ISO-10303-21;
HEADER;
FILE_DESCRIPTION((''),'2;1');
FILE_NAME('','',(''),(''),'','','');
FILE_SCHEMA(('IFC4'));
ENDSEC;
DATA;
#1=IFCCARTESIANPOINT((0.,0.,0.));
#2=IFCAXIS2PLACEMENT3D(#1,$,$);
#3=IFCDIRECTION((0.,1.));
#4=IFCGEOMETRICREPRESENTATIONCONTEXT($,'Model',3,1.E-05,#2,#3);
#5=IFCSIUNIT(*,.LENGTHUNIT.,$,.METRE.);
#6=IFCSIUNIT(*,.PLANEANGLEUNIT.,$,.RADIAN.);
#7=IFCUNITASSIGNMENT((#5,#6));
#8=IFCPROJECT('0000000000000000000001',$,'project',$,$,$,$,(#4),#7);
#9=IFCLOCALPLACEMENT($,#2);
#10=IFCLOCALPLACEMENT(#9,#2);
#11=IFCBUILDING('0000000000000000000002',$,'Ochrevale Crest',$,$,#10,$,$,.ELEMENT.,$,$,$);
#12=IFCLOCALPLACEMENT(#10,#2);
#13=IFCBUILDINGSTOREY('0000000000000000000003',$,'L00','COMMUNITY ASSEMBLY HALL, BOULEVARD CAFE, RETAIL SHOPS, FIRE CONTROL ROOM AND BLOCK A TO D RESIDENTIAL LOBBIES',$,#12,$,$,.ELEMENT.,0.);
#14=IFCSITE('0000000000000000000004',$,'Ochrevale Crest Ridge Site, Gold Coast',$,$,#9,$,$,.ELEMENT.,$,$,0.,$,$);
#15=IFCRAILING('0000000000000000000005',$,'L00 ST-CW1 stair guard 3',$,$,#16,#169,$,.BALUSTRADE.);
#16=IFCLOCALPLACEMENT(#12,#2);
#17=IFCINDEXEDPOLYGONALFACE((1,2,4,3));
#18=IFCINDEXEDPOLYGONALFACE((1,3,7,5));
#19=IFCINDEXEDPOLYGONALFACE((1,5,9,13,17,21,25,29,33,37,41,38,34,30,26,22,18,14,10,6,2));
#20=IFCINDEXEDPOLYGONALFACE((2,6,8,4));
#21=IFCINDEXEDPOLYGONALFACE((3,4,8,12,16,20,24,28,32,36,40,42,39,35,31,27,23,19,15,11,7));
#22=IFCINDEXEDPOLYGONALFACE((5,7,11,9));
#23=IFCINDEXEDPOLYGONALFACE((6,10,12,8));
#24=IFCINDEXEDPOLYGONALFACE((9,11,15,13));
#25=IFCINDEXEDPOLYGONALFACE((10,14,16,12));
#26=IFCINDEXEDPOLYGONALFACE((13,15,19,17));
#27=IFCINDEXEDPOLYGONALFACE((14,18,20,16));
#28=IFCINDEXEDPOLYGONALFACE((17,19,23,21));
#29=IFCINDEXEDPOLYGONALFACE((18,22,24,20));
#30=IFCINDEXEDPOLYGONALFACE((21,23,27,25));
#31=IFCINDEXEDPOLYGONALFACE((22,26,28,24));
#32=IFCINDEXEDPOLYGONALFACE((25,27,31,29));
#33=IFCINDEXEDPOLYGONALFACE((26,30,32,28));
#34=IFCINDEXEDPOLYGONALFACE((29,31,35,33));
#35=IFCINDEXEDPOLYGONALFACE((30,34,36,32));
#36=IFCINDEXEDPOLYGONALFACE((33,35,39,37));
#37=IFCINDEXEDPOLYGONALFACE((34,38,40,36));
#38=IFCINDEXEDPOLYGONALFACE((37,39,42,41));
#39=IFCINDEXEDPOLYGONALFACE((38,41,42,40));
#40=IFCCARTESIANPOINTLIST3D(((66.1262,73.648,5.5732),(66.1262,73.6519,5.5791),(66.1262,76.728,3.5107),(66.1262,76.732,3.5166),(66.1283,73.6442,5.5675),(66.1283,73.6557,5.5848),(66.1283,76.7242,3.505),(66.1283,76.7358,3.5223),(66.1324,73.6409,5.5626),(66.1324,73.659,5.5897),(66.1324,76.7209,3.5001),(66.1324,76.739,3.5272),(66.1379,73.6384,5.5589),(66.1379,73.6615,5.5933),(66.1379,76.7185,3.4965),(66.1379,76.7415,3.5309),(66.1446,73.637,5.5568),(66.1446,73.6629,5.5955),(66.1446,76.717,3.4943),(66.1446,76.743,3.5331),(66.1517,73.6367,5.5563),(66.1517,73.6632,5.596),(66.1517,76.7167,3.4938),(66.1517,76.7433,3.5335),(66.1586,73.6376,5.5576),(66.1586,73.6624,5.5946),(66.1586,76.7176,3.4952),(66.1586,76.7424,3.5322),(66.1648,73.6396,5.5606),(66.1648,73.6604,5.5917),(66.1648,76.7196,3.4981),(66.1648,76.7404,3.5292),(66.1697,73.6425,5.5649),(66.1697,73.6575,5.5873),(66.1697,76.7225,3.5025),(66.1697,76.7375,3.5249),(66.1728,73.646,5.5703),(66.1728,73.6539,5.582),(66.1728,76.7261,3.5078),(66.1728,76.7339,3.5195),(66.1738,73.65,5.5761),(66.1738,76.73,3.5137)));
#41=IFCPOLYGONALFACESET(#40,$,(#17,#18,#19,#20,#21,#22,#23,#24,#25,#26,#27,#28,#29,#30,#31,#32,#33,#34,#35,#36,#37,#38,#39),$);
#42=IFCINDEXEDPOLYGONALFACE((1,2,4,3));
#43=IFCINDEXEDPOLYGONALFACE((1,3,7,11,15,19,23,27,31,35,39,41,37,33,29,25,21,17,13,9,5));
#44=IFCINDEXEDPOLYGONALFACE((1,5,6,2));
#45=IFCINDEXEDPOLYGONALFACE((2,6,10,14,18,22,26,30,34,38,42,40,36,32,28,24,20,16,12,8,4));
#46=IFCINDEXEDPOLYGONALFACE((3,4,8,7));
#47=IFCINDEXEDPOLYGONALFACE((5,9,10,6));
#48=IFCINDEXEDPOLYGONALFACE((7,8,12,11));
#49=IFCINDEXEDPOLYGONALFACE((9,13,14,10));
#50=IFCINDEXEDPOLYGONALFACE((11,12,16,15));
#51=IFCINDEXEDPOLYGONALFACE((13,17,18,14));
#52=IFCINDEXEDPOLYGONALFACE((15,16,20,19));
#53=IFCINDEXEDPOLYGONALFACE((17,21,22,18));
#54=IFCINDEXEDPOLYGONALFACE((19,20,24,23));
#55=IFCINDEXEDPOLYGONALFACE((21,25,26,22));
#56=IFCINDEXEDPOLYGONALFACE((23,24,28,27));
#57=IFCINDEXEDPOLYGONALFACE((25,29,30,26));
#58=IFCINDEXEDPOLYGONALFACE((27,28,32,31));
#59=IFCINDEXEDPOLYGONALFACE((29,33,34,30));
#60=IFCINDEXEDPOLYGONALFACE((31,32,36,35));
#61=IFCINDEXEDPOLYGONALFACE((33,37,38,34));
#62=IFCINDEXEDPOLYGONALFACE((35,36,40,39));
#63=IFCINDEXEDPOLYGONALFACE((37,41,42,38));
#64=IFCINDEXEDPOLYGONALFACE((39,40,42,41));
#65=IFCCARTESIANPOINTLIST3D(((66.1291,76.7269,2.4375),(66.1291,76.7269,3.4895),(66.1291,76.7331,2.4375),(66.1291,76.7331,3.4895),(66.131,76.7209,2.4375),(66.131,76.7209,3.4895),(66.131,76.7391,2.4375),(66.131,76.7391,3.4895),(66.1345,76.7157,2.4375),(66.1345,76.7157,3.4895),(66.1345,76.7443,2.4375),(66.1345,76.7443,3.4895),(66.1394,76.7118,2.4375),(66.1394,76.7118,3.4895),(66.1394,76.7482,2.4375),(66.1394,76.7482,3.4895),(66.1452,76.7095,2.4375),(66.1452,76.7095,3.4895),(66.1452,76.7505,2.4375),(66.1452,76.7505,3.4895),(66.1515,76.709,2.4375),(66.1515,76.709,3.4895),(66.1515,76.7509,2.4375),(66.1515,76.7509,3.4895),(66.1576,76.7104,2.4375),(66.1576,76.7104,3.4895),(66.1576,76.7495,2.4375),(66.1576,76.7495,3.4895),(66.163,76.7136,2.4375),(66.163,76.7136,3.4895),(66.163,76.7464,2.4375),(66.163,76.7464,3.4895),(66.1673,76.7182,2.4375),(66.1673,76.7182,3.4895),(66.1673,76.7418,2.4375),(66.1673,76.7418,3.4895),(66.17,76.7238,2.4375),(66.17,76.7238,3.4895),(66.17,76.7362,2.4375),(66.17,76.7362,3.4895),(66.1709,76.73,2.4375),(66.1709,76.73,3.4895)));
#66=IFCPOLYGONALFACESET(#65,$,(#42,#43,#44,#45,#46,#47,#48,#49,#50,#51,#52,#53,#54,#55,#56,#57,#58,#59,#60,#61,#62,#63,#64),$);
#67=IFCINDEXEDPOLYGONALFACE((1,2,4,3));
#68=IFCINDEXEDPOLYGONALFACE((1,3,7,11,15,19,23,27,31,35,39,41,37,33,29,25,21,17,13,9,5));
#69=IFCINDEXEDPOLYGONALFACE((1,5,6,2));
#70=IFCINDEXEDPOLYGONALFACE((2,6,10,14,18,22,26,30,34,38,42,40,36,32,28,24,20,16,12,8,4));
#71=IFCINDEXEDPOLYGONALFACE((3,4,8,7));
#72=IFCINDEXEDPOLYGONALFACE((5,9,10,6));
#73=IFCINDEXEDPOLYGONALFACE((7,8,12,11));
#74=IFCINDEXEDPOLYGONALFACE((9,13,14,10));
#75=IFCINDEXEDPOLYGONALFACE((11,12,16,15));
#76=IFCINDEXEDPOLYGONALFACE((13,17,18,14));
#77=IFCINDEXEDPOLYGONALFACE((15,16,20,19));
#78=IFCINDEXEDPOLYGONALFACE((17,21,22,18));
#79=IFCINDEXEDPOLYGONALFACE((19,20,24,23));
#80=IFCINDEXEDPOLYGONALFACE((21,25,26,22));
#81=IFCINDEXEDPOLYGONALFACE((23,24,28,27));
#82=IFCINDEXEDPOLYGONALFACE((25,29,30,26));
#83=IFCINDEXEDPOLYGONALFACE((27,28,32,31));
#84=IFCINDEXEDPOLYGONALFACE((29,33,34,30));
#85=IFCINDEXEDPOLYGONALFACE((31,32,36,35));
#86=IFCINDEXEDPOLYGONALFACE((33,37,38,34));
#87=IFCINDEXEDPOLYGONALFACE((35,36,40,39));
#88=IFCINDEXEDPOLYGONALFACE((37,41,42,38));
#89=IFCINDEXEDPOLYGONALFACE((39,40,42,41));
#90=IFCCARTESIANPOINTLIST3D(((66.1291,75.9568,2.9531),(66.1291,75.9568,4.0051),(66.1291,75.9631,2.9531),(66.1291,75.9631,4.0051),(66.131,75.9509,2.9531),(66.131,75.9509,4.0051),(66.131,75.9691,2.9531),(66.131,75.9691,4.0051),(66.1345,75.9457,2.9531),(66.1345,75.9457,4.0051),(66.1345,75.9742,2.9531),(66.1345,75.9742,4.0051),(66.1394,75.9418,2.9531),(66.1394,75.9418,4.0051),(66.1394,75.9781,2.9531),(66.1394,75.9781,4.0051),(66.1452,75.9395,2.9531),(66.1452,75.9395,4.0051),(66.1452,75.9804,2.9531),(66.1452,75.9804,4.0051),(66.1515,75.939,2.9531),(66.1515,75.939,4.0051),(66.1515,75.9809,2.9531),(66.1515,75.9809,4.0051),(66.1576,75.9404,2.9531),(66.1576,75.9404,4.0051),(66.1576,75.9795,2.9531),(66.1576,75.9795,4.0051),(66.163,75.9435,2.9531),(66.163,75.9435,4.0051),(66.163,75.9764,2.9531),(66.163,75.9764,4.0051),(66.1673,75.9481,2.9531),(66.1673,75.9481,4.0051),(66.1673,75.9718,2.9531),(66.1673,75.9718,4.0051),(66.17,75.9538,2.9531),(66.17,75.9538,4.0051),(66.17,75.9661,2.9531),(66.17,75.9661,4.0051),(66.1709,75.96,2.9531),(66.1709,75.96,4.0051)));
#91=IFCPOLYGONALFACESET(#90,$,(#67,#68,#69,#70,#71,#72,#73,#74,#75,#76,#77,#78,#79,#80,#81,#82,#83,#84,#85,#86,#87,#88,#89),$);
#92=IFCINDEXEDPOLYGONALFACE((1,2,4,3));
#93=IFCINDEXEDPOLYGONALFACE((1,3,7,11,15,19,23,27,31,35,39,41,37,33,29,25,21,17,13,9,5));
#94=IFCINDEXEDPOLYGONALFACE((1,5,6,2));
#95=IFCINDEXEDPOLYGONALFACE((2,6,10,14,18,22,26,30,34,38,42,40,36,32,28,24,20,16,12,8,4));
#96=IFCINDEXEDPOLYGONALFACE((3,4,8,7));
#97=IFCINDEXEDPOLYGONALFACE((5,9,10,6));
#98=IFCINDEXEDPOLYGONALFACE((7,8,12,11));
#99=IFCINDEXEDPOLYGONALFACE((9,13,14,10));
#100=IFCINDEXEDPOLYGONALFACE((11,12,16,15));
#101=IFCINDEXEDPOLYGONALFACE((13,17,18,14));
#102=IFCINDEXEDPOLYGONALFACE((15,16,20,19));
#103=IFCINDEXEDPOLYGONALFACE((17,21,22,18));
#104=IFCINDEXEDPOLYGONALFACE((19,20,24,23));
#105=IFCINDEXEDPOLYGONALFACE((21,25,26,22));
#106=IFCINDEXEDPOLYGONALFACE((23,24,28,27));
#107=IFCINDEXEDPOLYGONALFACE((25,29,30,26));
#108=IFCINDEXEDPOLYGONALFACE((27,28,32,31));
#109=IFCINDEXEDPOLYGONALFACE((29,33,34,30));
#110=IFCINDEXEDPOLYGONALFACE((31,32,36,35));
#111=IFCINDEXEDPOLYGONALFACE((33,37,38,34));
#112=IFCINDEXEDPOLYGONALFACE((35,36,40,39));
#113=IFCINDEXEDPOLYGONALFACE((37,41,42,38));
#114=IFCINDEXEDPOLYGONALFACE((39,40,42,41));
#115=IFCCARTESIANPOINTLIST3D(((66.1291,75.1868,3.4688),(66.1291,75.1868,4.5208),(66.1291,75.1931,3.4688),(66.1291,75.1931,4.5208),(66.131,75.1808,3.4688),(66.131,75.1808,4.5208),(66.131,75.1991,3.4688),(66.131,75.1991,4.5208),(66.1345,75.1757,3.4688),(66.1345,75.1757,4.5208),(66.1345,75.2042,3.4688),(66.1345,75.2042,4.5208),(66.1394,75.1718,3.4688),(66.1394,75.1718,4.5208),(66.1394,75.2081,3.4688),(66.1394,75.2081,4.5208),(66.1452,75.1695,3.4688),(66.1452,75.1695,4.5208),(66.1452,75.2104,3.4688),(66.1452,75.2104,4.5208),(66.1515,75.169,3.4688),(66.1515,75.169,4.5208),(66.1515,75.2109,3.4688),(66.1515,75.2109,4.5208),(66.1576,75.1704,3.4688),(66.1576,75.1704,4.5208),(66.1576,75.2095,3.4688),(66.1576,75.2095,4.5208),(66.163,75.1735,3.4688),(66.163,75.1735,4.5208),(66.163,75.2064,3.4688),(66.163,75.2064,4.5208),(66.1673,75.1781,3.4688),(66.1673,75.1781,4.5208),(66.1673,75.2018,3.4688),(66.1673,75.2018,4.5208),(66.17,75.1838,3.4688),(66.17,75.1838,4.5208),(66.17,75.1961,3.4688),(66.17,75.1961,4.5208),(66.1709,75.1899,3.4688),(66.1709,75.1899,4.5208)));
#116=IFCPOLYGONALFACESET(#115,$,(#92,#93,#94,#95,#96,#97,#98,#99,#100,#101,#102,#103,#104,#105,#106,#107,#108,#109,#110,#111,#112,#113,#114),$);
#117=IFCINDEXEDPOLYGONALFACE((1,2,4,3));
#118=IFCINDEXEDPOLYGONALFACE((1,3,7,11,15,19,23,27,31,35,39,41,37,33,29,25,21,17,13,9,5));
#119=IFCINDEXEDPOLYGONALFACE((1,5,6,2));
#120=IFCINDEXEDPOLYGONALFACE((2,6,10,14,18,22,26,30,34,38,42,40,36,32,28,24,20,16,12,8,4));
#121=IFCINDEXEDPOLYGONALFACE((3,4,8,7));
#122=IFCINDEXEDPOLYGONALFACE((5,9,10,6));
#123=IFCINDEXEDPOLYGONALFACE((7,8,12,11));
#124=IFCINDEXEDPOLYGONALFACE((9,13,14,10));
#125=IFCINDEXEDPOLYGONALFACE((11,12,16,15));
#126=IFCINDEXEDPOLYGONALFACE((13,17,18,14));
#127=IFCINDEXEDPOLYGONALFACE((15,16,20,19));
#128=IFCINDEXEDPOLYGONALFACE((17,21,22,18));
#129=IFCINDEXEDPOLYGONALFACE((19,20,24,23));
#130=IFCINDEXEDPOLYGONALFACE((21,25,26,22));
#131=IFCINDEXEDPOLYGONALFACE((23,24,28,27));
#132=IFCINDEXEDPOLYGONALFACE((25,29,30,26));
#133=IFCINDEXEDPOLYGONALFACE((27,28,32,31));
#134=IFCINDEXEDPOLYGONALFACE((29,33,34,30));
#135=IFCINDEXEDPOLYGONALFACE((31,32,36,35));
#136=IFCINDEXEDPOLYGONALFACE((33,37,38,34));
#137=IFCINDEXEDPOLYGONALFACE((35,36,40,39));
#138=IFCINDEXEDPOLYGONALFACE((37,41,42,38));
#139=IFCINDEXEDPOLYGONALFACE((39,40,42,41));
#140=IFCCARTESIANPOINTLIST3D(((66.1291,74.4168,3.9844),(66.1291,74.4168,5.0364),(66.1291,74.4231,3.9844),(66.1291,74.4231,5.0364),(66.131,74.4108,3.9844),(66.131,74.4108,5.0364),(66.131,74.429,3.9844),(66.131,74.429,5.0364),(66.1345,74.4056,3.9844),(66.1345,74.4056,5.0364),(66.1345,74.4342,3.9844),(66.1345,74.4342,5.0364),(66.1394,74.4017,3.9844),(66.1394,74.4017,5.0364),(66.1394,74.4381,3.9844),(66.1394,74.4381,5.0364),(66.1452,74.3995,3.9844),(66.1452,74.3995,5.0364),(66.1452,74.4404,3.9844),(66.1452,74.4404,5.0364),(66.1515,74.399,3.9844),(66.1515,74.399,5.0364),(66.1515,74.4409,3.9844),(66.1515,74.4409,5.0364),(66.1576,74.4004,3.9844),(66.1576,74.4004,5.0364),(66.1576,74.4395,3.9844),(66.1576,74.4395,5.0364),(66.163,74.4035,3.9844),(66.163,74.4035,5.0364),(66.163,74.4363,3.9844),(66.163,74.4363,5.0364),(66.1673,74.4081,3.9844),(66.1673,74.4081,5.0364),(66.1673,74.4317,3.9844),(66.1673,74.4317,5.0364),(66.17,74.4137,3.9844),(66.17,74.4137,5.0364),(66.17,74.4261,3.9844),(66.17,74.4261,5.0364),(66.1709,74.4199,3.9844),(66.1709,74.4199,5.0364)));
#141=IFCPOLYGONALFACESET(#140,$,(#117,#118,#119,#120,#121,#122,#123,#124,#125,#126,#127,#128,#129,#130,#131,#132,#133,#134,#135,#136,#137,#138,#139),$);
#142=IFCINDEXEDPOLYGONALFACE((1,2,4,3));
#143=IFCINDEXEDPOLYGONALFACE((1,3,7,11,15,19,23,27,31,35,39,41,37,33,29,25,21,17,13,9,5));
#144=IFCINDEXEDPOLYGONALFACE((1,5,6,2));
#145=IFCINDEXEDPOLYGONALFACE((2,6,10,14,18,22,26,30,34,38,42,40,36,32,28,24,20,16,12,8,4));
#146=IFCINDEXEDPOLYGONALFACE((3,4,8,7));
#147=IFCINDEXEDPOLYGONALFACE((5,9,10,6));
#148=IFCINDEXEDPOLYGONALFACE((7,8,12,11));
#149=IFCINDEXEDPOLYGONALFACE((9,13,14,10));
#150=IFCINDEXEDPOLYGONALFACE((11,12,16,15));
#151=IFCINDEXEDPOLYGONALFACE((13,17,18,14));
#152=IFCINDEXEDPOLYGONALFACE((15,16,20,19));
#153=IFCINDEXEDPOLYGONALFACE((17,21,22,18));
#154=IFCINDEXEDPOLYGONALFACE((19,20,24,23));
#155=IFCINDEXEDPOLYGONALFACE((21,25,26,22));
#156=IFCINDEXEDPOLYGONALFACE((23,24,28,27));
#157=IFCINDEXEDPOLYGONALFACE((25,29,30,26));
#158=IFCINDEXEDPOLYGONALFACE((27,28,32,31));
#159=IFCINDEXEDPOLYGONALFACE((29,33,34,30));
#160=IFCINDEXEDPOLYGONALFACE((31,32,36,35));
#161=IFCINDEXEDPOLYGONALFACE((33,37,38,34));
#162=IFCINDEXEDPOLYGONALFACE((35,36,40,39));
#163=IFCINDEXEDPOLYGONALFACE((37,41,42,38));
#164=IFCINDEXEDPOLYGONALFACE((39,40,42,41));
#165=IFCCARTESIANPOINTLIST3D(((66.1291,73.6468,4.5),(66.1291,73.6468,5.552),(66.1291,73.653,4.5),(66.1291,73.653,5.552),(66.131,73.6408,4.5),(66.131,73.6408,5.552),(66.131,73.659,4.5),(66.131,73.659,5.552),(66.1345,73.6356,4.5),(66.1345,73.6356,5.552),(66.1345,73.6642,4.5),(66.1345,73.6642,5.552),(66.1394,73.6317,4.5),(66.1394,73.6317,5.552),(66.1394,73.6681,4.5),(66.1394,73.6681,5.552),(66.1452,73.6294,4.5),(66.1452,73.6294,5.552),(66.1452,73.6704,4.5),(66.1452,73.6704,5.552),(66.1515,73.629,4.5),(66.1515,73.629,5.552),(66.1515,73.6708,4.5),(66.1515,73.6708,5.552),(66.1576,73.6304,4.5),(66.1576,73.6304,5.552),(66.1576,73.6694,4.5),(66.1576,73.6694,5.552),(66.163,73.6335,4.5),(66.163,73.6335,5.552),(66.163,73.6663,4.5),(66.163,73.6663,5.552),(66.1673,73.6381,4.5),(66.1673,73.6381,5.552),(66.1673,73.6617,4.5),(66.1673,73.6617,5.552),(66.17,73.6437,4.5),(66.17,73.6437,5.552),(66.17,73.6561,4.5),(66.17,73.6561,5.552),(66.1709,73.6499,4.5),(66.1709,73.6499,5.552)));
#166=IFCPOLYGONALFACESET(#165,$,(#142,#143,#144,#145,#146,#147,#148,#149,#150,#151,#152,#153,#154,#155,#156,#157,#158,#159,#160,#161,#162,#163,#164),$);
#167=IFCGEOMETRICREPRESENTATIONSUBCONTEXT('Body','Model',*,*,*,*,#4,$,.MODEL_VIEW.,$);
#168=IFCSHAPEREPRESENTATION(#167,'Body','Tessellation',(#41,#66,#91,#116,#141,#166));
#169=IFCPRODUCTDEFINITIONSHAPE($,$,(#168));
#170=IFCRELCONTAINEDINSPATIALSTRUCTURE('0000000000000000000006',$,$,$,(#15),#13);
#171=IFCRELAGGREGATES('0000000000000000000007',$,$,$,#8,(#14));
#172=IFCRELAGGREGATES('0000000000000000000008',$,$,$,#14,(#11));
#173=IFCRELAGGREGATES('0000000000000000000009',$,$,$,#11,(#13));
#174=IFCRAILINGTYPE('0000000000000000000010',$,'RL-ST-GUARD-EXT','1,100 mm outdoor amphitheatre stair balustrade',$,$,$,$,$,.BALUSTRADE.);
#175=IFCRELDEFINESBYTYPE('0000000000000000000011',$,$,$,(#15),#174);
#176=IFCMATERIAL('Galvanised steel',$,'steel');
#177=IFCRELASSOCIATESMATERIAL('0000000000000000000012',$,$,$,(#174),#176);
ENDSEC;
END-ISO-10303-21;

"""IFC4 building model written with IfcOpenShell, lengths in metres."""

from ifc_helpers import new_model, si_unit, direction, frame, origin, origin_2d, place, context, subcontext, project, spatial, circle, extrude, material, type_object, element, save


model = new_model("IFC4")

# Units and contexts
model_context = context("Model", 3, precision=1e-05, world=origin(), true_north=direction((0.0, 1.0)))
body_context = subcontext(model_context, "Body", "Model", "MODEL_VIEW")
ifc_project = project(units=[si_unit("LENGTHUNIT", "METRE"), si_unit("PLANEANGLEUNIT", "RADIAN")], contexts=[model_context])

# Site, building, storey
site_placement = place(None, origin())
site = spatial("IfcSite", under=ifc_project, at=site_placement, Name="Ochrevale Crest Ridge Site, Gold Coast", CompositionType="ELEMENT", RefElevation=0.0)
building_placement = place(site_placement, origin())
building = spatial("IfcBuilding", under=site, at=building_placement, Name="Ochrevale Crest", CompositionType="ELEMENT")
storey_placement = place(building_placement, origin())
storey = spatial("IfcBuildingStorey", under=building, at=storey_placement, Name="L00", Description="COMMUNITY ASSEMBLY HALL, BOULEVARD CAFE, RETAIL SHOPS, FIRE CONTROL ROOM AND BLOCK A TO D RESIDENTIAL LOBBIES", CompositionType="ELEMENT", Elevation=0.0)

# Railing
ifc_material_1 = material(Name="Galvanised steel", Category="steel")
railing_type_1 = type_object("IfcRailingType", Name="RL-ST-GUARD-EXT", Description="1,100 mm outdoor amphitheatre stair balustrade", PredefinedType="BALUSTRADE", material=ifc_material_1)
railing_1_placement = place(storey_placement, frame((66.1499, 76.73, 2.4375)))
element("IfcRailing", 1, at=railing_1_placement, inside=storey, type_object=railing_type_1, Name="L00 ST-CW1 stair guard 3", PredefinedType="BALUSTRADE", context=body_context, shape_type="SweptSolid", body=[
    extrude(circle(Radius=0.0239, at=origin_2d()), frame((0.0, 0.0, 1.0762), z_axis=(0.0, -0.830914, 0.556401), x_axis=(1.0, 0.0, 0.0)), (0.0, 0.0, 1.0), 3.7068),
    extrude(circle(Radius=0.021, at=origin_2d()), origin(), (0.0, 0.0, 1.0), 1.052),
    extrude(circle(Radius=0.021, at=origin_2d()), frame((0.0, -0.77, 0.5156)), (0.0, 0.0, 1.0), 1.052),
    extrude(circle(Radius=0.021, at=origin_2d()), frame((0.0, -1.54, 1.0312)), (0.0, 0.0, 1.0), 1.052),
    extrude(circle(Radius=0.021, at=origin_2d()), frame((0.0, -2.3101, 1.5469)), (0.0, 0.0, 1.0), 1.052),
    extrude(circle(Radius=0.021, at=origin_2d()), frame((0.0, -3.0801, 2.0625)), (0.0, 0.0, 1.0), 1.052),
])

save(model, "model.ifc")
